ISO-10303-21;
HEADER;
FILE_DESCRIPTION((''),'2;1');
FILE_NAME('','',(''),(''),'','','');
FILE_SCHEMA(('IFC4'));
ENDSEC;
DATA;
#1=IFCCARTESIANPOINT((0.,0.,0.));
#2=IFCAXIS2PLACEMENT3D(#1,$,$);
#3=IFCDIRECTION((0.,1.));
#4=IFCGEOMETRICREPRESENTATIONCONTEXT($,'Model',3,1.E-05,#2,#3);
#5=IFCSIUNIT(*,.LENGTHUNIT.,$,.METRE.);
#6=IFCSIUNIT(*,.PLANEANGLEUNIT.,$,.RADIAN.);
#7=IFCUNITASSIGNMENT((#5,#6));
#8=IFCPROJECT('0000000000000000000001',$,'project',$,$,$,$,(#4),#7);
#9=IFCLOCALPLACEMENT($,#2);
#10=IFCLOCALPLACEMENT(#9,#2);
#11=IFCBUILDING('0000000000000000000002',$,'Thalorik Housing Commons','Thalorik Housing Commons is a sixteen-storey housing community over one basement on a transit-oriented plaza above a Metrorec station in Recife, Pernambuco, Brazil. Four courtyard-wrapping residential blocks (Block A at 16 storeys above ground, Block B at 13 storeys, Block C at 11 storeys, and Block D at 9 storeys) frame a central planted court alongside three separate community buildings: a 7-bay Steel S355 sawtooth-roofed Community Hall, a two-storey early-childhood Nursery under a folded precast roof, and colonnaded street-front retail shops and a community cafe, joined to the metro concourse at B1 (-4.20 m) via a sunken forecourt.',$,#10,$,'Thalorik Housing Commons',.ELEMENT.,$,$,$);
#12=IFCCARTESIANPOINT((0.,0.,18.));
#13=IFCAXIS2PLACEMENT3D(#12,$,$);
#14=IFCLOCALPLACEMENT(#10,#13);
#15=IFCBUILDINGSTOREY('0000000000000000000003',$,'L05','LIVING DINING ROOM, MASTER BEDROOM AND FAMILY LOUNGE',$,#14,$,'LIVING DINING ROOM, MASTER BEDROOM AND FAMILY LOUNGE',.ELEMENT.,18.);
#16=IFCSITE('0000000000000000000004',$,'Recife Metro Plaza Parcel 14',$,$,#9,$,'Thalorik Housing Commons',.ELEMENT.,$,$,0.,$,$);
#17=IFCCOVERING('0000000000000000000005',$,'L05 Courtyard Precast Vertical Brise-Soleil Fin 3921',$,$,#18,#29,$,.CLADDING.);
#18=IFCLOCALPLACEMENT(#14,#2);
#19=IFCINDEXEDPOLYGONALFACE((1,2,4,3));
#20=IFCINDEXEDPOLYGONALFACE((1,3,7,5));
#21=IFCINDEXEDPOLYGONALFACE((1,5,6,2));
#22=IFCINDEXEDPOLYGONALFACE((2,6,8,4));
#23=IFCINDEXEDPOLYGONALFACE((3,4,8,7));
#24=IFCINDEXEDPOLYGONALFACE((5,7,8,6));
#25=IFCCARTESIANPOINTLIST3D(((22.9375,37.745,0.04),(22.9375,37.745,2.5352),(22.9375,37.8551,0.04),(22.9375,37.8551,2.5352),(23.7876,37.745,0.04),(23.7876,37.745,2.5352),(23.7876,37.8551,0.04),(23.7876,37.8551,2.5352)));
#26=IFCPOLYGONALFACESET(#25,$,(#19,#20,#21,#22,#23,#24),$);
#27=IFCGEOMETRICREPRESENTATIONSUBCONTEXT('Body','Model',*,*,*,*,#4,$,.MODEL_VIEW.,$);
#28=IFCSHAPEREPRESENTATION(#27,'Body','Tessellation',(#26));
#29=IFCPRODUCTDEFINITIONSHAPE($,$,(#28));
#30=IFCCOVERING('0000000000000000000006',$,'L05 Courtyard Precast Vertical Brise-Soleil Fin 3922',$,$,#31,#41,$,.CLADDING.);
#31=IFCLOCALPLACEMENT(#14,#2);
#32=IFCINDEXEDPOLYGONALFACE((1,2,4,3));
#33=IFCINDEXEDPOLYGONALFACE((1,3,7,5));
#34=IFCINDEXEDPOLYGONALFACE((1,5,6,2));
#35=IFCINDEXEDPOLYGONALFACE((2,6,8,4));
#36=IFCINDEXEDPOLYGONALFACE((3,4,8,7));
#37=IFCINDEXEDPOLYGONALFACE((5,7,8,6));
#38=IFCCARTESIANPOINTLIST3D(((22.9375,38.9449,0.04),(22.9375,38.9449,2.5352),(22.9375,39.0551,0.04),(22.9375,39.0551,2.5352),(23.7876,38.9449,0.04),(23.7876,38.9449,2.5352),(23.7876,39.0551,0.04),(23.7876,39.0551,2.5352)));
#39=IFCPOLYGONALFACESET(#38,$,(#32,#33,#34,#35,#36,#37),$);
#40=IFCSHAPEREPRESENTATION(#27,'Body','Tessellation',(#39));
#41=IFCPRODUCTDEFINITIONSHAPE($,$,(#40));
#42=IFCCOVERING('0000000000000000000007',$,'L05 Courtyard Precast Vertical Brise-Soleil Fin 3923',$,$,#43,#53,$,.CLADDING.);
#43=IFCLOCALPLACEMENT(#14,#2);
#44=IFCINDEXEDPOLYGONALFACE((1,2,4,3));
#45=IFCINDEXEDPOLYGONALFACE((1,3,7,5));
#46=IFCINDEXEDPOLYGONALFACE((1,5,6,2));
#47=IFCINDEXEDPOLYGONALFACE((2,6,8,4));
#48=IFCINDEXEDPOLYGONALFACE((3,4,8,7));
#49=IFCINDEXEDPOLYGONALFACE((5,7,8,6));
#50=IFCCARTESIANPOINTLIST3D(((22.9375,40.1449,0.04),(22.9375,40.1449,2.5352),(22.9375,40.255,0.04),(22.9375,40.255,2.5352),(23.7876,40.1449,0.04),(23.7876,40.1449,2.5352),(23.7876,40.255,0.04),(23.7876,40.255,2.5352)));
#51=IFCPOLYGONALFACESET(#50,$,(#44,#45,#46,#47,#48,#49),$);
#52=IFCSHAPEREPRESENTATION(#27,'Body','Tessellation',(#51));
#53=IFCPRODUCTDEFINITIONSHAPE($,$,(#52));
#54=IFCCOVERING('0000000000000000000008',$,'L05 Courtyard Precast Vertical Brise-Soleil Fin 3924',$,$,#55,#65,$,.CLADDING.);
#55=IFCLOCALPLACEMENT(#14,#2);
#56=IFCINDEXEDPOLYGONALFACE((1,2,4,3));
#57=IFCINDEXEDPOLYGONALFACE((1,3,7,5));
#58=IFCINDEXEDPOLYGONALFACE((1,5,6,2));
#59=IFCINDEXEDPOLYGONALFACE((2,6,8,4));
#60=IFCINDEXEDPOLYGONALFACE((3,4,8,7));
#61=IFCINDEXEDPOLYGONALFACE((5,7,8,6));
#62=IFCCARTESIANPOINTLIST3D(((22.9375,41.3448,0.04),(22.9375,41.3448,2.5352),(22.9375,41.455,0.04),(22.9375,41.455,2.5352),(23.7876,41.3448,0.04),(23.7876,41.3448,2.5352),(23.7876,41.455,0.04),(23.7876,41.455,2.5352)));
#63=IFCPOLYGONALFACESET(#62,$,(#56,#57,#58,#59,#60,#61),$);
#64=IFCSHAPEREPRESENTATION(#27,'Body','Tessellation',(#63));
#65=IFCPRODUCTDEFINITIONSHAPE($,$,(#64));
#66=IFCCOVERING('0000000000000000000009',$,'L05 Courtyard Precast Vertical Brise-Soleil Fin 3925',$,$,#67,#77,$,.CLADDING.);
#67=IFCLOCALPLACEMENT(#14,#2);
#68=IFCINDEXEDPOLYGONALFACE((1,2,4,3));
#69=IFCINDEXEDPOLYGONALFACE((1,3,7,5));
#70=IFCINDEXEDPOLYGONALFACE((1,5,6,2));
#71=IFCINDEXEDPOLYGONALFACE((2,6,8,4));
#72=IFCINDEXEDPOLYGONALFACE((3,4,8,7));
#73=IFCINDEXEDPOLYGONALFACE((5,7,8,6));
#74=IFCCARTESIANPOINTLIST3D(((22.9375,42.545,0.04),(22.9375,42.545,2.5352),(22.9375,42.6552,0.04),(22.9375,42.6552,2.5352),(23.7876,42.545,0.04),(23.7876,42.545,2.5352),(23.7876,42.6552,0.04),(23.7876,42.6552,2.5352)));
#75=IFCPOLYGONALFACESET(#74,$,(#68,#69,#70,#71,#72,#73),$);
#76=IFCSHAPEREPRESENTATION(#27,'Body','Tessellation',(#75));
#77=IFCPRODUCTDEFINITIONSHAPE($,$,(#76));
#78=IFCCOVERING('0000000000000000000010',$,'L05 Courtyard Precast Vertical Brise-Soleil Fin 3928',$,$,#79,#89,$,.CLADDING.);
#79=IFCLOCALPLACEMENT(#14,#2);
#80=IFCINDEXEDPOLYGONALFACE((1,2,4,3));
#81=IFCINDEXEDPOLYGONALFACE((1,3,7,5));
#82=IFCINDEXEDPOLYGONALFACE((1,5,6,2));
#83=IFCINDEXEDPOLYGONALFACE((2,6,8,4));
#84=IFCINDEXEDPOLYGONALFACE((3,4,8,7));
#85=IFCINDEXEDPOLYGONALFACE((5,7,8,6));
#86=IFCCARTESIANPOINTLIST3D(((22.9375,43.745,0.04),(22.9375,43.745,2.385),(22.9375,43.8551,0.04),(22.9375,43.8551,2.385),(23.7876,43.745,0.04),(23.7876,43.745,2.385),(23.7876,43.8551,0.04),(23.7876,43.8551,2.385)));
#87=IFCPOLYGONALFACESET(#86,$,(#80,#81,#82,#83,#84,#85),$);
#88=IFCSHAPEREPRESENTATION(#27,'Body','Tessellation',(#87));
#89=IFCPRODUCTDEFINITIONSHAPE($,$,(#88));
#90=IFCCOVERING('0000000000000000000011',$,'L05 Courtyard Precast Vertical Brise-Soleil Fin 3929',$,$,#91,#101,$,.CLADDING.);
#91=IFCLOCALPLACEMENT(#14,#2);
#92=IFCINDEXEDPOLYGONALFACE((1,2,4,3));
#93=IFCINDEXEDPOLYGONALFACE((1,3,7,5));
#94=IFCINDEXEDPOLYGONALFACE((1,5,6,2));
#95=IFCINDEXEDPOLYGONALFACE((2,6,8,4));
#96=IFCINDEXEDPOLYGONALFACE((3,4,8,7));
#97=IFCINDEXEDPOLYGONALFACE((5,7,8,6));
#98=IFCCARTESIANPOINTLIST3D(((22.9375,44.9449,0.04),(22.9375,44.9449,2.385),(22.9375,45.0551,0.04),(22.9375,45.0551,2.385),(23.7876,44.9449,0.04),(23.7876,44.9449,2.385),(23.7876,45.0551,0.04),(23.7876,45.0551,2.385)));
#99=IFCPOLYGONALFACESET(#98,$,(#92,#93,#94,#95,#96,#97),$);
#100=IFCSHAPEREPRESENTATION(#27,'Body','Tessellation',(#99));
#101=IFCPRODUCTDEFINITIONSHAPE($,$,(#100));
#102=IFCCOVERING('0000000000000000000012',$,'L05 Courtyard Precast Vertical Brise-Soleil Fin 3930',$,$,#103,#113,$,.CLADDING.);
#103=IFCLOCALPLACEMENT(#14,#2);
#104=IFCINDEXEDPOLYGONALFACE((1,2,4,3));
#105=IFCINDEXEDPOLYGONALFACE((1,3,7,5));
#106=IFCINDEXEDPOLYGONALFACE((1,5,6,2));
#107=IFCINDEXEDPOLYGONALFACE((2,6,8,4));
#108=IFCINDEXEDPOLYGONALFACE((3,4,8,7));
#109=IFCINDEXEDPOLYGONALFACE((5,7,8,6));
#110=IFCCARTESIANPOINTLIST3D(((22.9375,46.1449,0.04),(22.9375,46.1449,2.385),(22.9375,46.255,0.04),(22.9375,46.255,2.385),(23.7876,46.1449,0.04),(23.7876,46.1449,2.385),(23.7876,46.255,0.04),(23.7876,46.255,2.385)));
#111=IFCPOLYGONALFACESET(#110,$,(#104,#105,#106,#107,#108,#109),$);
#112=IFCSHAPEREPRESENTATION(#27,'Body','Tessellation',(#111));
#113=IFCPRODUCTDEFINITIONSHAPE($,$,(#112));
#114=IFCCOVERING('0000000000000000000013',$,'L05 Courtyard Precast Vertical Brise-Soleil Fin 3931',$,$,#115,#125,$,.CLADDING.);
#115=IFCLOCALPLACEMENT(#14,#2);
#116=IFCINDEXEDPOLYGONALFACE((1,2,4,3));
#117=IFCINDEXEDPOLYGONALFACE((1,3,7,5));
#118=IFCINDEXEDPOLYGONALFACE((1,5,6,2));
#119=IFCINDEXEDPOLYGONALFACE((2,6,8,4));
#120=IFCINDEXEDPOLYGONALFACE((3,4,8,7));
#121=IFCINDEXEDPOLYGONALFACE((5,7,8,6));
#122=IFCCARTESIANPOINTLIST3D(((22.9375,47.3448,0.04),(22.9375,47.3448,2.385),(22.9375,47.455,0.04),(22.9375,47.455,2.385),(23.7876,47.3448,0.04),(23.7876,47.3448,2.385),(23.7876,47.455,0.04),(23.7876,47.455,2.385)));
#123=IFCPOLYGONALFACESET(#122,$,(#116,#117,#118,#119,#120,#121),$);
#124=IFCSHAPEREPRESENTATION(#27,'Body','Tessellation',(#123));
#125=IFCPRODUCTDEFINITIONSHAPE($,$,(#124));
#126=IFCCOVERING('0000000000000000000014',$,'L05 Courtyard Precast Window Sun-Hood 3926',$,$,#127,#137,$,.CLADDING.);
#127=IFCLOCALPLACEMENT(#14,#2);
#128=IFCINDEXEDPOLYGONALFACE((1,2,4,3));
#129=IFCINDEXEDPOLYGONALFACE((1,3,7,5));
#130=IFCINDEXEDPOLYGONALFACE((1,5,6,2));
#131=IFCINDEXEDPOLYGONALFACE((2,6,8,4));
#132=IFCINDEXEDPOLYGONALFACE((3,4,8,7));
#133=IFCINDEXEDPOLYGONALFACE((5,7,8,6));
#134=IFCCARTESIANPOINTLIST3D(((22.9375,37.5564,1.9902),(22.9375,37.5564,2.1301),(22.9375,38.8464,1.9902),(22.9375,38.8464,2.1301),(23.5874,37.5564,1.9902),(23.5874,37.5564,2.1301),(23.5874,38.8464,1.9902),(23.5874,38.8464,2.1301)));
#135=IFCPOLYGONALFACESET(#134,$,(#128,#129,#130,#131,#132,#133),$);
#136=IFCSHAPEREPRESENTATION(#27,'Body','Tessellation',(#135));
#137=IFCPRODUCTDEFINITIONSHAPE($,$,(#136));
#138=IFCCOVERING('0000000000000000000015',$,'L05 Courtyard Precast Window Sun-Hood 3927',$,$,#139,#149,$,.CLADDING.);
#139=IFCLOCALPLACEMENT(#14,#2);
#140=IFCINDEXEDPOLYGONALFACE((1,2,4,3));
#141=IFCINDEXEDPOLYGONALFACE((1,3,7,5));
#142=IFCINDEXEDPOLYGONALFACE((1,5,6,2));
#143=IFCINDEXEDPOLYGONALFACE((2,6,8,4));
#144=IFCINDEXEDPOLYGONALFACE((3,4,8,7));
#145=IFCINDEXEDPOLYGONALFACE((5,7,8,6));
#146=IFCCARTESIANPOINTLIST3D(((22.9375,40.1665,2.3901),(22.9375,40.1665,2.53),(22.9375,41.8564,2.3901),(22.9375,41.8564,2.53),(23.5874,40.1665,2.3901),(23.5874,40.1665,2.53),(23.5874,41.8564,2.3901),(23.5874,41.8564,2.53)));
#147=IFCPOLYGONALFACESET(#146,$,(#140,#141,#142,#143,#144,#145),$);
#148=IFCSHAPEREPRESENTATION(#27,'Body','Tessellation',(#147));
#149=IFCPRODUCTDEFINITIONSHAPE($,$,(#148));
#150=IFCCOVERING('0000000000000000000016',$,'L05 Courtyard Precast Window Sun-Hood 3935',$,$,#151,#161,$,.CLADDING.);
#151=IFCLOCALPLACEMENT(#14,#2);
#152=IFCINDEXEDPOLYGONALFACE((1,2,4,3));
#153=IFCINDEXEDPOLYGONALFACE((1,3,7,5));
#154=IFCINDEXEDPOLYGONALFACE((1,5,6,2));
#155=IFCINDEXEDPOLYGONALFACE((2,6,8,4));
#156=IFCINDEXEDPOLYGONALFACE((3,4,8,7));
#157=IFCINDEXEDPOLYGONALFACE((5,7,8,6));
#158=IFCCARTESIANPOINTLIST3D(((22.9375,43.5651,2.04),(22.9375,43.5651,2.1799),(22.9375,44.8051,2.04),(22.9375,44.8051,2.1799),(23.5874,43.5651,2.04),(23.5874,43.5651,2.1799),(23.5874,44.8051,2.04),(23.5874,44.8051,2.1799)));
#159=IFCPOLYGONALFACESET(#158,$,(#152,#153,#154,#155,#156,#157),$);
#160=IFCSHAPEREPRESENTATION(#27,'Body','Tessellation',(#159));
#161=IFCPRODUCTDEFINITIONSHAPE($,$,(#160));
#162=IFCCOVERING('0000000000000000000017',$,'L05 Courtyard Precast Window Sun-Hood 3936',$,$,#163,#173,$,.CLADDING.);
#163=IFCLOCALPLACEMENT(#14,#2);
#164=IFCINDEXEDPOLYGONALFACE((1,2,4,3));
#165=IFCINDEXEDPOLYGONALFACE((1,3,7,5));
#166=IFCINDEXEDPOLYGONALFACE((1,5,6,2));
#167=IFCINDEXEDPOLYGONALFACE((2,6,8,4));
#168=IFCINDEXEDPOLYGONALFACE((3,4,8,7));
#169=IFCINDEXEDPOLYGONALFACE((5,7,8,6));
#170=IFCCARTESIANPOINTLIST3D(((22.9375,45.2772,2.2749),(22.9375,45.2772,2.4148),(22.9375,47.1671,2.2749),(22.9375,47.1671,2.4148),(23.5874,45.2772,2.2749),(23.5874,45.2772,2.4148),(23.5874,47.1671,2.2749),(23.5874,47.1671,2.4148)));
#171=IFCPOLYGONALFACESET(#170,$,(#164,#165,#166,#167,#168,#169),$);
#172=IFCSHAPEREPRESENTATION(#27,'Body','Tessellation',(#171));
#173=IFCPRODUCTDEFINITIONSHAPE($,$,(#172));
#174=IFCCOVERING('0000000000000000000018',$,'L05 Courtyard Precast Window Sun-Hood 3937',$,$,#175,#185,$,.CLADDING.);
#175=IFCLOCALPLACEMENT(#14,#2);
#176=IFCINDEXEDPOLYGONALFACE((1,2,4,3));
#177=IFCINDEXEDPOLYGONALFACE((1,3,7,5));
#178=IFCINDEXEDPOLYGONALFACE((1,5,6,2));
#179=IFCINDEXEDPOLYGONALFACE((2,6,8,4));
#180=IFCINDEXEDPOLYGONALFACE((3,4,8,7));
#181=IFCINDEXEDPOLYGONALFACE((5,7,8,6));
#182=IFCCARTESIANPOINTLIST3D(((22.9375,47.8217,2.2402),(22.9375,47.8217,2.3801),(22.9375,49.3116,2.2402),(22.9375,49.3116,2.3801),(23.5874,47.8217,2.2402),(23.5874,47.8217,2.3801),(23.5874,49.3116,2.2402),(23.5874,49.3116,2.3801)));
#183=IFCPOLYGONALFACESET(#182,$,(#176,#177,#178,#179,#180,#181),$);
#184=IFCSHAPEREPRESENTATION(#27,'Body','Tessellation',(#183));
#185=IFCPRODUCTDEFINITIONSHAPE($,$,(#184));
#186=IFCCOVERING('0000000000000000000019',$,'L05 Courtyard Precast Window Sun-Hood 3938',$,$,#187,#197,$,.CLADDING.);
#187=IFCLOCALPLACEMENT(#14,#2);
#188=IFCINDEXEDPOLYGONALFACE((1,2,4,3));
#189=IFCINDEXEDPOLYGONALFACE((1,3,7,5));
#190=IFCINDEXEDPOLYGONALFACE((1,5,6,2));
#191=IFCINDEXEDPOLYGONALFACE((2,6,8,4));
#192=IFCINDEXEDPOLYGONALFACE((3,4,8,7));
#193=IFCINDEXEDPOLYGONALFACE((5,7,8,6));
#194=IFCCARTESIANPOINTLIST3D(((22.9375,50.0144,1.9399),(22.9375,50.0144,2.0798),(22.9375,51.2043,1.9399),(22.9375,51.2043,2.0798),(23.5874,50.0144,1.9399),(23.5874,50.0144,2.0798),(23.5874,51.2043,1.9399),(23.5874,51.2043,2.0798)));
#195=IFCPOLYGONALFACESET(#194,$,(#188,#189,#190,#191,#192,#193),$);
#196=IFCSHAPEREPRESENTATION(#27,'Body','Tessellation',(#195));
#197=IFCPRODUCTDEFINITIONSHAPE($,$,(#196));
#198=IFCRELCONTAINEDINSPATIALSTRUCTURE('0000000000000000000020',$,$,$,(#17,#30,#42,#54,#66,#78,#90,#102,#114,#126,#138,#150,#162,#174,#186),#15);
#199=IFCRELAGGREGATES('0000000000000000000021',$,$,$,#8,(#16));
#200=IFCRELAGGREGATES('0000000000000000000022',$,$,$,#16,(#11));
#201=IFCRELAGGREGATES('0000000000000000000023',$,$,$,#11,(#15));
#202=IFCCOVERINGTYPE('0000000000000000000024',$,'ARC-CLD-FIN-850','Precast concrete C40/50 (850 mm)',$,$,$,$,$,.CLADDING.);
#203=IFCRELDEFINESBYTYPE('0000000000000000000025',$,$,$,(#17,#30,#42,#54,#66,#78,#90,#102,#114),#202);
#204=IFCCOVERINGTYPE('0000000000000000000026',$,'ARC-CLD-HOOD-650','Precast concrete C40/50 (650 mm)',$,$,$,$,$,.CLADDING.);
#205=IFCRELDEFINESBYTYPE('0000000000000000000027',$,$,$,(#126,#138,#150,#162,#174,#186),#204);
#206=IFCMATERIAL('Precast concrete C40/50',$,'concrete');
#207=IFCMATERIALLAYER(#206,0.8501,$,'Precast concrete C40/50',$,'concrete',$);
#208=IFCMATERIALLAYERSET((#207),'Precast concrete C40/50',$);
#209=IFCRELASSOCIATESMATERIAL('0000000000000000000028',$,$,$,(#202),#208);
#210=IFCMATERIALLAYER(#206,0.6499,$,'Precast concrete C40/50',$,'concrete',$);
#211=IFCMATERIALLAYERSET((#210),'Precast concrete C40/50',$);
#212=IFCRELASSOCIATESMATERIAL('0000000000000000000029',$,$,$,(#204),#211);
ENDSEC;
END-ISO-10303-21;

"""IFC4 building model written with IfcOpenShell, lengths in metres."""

from ifc_helpers import new_model, si_unit, direction, frame, origin, origin_2d, place, context, subcontext, project, spatial, rectangle, extrude, material, layer, layer_set, type_object, element, save


model = new_model("IFC4")

# Units and contexts
model_context = context("Model", 3, precision=1e-05, world=origin(), true_north=direction((0.0, 1.0)))
body_context = subcontext(model_context, "Body", "Model", "MODEL_VIEW")
ifc_project = project(units=[si_unit("LENGTHUNIT", "METRE"), si_unit("PLANEANGLEUNIT", "RADIAN")], contexts=[model_context])

# Site, building, storey
site_placement = place(None, origin())
site = spatial("IfcSite", under=ifc_project, at=site_placement, Name="Recife Metro Plaza Parcel 14", LongName="Thalorik Housing Commons", CompositionType="ELEMENT", RefElevation=0.0)
building_placement = place(site_placement, origin())
building = spatial("IfcBuilding", under=site, at=building_placement, Name="Thalorik Housing Commons", Description="Thalorik Housing Commons is a sixteen-storey housing community over one basement on a transit-oriented plaza above a Metrorec station in Recife, Pernambuco, Brazil. Four courtyard-wrapping residential blocks (Block A at 16 storeys above ground, Block B at 13 storeys, Block C at 11 storeys, and Block D at 9 storeys) frame a central planted court alongside three separate community buildings: a 7-bay Steel S355 sawtooth-roofed Community Hall, a two-storey early-childhood Nursery under a folded precast roof, and colonnaded street-front retail shops and a community cafe, joined to the metro concourse at B1 (-4.20 m) via a sunken forecourt.", LongName="Thalorik Housing Commons", CompositionType="ELEMENT")
storey_placement = place(building_placement, frame((0.0, 0.0, 18.0)))
storey = spatial("IfcBuildingStorey", under=building, at=storey_placement, Name="L05", Description="LIVING DINING ROOM, MASTER BEDROOM AND FAMILY LOUNGE", LongName="LIVING DINING ROOM, MASTER BEDROOM AND FAMILY LOUNGE", CompositionType="ELEMENT", Elevation=18.0)

# Shared definitions
ifc_material_1 = material(Name="Precast concrete C40/50", Category="concrete")

# Coverings
ifc_layer_1 = layer(ifc_material_1, 0.8501, Name="Precast concrete C40/50", Category="concrete")
ifc_layer_set_1 = layer_set([ifc_layer_1], Name="Precast concrete C40/50")
covering_type_1 = type_object("IfcCoveringType", Name="ARC-CLD-FIN-850", Description="Precast concrete C40/50 (850 mm)", PredefinedType="CLADDING", material=ifc_layer_set_1)
for number, where, z_axis, x_axis, name in (
    (1, (23.3625, 37.8, 0.04), (0.0, 0.0, 1.0), (0.0, 1.0, 0.0), "L05 Courtyard Precast Vertical Brise-Soleil Fin 3921"),
    (2, (23.3625, 39.0, 0.04), (0.0, 0.0, 1.0), (0.0, 1.0, 0.0), "L05 Courtyard Precast Vertical Brise-Soleil Fin 3922"),
    (3, (23.3625, 40.2, 0.04), (0.0, 0.0, 1.0), (0.0, 1.0, 0.0), "L05 Courtyard Precast Vertical Brise-Soleil Fin 3923"),
    (4, (23.3625, 41.3999, 0.04), (0.0, 0.0, 1.0), (0.0, 1.0, 0.0), "L05 Courtyard Precast Vertical Brise-Soleil Fin 3924"),
    (5, (23.3625, 42.6001, 0.04), (0.0, 0.0, 1.0), (0.0, 1.0, 0.0), "L05 Courtyard Precast Vertical Brise-Soleil Fin 3925"),
):
    element("IfcCovering", number, at=place(storey_placement, frame(where, z_axis=z_axis, x_axis=x_axis)), inside=storey, type_object=covering_type_1, Name=name, PredefinedType="CLADDING", context=body_context, shape_type="SweptSolid", body=[
        extrude(rectangle(XDim=0.1101, YDim=0.8501, at=origin_2d()), origin(), (0.0, 0.0, 1.0), 2.4951),
    ])
for number, where, z_axis, x_axis, name in (
    (6, (23.3625, 43.8, 0.04), (0.0, 0.0, 1.0), (0.0, 1.0, 0.0), "L05 Courtyard Precast Vertical Brise-Soleil Fin 3928"),
    (7, (23.3625, 45.0, 0.04), (0.0, 0.0, 1.0), (0.0, 1.0, 0.0), "L05 Courtyard Precast Vertical Brise-Soleil Fin 3929"),
    (8, (23.3625, 46.2, 0.04), (0.0, 0.0, 1.0), (0.0, 1.0, 0.0), "L05 Courtyard Precast Vertical Brise-Soleil Fin 3930"),
    (9, (23.3625, 47.3999, 0.04), (0.0, 0.0, 1.0), (0.0, 1.0, 0.0), "L05 Courtyard Precast Vertical Brise-Soleil Fin 3931"),
):
    element("IfcCovering", number, at=place(storey_placement, frame(where, z_axis=z_axis, x_axis=x_axis)), inside=storey, type_object=covering_type_1, Name=name, PredefinedType="CLADDING", context=body_context, shape_type="SweptSolid", body=[
        extrude(rectangle(XDim=0.1101, YDim=0.8501, at=origin_2d()), origin(), (0.0, 0.0, 1.0), 2.345),
    ])
ifc_layer_2 = layer(ifc_material_1, 0.6499, Name="Precast concrete C40/50", Category="concrete")
ifc_layer_set_2 = layer_set([ifc_layer_2], Name="Precast concrete C40/50")
covering_type_2 = type_object("IfcCoveringType", Name="ARC-CLD-HOOD-650", Description="Precast concrete C40/50 (650 mm)", PredefinedType="CLADDING", material=ifc_layer_set_2)
covering_1_placement = place(storey_placement, frame((23.2625, 38.2014, 1.9902), z_axis=(0.0, 0.0, 1.0), x_axis=(0.0, 1.0, 0.0)))
element("IfcCovering", 10, at=covering_1_placement, inside=storey, type_object=covering_type_2, Name="L05 Courtyard Precast Window Sun-Hood 3926", PredefinedType="CLADDING", context=body_context, shape_type="SweptSolid", body=[
    extrude(rectangle(XDim=1.29, YDim=0.6499, at=origin_2d()), origin(), (0.0, 0.0, 1.0), 0.1399),
])
covering_2_placement = place(storey_placement, frame((23.2625, 41.0115, 2.3901), z_axis=(0.0, 0.0, 1.0), x_axis=(0.0, 1.0, 0.0)))
element("IfcCovering", 11, at=covering_2_placement, inside=storey, type_object=covering_type_2, Name="L05 Courtyard Precast Window Sun-Hood 3927", PredefinedType="CLADDING", context=body_context, shape_type="SweptSolid", body=[
    extrude(rectangle(XDim=1.6899, YDim=0.6499, at=origin_2d()), origin(), (0.0, 0.0, 1.0), 0.1399),
])
covering_3_placement = place(storey_placement, frame((23.2625, 44.1851, 2.04), z_axis=(0.0, 0.0, 1.0), x_axis=(0.0, 1.0, 0.0)))
element("IfcCovering", 12, at=covering_3_placement, inside=storey, type_object=covering_type_2, Name="L05 Courtyard Precast Window Sun-Hood 3935", PredefinedType="CLADDING", context=body_context, shape_type="SweptSolid", body=[
    extrude(rectangle(XDim=1.24, YDim=0.6499, at=origin_2d()), origin(), (0.0, 0.0, 1.0), 0.1399),
])
covering_4_placement = place(storey_placement, frame((23.2625, 46.2222, 2.2749), z_axis=(0.0, 0.0, 1.0), x_axis=(0.0, 1.0, 0.0)))
element("IfcCovering", 13, at=covering_4_placement, inside=storey, type_object=covering_type_2, Name="L05 Courtyard Precast Window Sun-Hood 3936", PredefinedType="CLADDING", context=body_context, shape_type="SweptSolid", body=[
    extrude(rectangle(XDim=1.8899, YDim=0.6499, at=origin_2d()), origin(), (0.0, 0.0, 1.0), 0.1399),
])
covering_5_placement = place(storey_placement, frame((23.2625, 48.5667, 2.2402), z_axis=(0.0, 0.0, 1.0), x_axis=(0.0, 1.0, 0.0)))
element("IfcCovering", 14, at=covering_5_placement, inside=storey, type_object=covering_type_2, Name="L05 Courtyard Precast Window Sun-Hood 3937", PredefinedType="CLADDING", context=body_context, shape_type="SweptSolid", body=[
    extrude(rectangle(XDim=1.49, YDim=0.6499, at=origin_2d()), origin(), (0.0, 0.0, 1.0), 0.1399),
])
covering_6_placement = place(storey_placement, frame((23.2625, 50.6094, 1.9399), z_axis=(0.0, 0.0, 1.0), x_axis=(0.0, 1.0, 0.0)))
element("IfcCovering", 15, at=covering_6_placement, inside=storey, type_object=covering_type_2, Name="L05 Courtyard Precast Window Sun-Hood 3938", PredefinedType="CLADDING", context=body_context, shape_type="SweptSolid", body=[
    extrude(rectangle(XDim=1.1899, YDim=0.6499, at=origin_2d()), origin(), (0.0, 0.0, 1.0), 0.1399),
])

save(model, "model.ifc")
